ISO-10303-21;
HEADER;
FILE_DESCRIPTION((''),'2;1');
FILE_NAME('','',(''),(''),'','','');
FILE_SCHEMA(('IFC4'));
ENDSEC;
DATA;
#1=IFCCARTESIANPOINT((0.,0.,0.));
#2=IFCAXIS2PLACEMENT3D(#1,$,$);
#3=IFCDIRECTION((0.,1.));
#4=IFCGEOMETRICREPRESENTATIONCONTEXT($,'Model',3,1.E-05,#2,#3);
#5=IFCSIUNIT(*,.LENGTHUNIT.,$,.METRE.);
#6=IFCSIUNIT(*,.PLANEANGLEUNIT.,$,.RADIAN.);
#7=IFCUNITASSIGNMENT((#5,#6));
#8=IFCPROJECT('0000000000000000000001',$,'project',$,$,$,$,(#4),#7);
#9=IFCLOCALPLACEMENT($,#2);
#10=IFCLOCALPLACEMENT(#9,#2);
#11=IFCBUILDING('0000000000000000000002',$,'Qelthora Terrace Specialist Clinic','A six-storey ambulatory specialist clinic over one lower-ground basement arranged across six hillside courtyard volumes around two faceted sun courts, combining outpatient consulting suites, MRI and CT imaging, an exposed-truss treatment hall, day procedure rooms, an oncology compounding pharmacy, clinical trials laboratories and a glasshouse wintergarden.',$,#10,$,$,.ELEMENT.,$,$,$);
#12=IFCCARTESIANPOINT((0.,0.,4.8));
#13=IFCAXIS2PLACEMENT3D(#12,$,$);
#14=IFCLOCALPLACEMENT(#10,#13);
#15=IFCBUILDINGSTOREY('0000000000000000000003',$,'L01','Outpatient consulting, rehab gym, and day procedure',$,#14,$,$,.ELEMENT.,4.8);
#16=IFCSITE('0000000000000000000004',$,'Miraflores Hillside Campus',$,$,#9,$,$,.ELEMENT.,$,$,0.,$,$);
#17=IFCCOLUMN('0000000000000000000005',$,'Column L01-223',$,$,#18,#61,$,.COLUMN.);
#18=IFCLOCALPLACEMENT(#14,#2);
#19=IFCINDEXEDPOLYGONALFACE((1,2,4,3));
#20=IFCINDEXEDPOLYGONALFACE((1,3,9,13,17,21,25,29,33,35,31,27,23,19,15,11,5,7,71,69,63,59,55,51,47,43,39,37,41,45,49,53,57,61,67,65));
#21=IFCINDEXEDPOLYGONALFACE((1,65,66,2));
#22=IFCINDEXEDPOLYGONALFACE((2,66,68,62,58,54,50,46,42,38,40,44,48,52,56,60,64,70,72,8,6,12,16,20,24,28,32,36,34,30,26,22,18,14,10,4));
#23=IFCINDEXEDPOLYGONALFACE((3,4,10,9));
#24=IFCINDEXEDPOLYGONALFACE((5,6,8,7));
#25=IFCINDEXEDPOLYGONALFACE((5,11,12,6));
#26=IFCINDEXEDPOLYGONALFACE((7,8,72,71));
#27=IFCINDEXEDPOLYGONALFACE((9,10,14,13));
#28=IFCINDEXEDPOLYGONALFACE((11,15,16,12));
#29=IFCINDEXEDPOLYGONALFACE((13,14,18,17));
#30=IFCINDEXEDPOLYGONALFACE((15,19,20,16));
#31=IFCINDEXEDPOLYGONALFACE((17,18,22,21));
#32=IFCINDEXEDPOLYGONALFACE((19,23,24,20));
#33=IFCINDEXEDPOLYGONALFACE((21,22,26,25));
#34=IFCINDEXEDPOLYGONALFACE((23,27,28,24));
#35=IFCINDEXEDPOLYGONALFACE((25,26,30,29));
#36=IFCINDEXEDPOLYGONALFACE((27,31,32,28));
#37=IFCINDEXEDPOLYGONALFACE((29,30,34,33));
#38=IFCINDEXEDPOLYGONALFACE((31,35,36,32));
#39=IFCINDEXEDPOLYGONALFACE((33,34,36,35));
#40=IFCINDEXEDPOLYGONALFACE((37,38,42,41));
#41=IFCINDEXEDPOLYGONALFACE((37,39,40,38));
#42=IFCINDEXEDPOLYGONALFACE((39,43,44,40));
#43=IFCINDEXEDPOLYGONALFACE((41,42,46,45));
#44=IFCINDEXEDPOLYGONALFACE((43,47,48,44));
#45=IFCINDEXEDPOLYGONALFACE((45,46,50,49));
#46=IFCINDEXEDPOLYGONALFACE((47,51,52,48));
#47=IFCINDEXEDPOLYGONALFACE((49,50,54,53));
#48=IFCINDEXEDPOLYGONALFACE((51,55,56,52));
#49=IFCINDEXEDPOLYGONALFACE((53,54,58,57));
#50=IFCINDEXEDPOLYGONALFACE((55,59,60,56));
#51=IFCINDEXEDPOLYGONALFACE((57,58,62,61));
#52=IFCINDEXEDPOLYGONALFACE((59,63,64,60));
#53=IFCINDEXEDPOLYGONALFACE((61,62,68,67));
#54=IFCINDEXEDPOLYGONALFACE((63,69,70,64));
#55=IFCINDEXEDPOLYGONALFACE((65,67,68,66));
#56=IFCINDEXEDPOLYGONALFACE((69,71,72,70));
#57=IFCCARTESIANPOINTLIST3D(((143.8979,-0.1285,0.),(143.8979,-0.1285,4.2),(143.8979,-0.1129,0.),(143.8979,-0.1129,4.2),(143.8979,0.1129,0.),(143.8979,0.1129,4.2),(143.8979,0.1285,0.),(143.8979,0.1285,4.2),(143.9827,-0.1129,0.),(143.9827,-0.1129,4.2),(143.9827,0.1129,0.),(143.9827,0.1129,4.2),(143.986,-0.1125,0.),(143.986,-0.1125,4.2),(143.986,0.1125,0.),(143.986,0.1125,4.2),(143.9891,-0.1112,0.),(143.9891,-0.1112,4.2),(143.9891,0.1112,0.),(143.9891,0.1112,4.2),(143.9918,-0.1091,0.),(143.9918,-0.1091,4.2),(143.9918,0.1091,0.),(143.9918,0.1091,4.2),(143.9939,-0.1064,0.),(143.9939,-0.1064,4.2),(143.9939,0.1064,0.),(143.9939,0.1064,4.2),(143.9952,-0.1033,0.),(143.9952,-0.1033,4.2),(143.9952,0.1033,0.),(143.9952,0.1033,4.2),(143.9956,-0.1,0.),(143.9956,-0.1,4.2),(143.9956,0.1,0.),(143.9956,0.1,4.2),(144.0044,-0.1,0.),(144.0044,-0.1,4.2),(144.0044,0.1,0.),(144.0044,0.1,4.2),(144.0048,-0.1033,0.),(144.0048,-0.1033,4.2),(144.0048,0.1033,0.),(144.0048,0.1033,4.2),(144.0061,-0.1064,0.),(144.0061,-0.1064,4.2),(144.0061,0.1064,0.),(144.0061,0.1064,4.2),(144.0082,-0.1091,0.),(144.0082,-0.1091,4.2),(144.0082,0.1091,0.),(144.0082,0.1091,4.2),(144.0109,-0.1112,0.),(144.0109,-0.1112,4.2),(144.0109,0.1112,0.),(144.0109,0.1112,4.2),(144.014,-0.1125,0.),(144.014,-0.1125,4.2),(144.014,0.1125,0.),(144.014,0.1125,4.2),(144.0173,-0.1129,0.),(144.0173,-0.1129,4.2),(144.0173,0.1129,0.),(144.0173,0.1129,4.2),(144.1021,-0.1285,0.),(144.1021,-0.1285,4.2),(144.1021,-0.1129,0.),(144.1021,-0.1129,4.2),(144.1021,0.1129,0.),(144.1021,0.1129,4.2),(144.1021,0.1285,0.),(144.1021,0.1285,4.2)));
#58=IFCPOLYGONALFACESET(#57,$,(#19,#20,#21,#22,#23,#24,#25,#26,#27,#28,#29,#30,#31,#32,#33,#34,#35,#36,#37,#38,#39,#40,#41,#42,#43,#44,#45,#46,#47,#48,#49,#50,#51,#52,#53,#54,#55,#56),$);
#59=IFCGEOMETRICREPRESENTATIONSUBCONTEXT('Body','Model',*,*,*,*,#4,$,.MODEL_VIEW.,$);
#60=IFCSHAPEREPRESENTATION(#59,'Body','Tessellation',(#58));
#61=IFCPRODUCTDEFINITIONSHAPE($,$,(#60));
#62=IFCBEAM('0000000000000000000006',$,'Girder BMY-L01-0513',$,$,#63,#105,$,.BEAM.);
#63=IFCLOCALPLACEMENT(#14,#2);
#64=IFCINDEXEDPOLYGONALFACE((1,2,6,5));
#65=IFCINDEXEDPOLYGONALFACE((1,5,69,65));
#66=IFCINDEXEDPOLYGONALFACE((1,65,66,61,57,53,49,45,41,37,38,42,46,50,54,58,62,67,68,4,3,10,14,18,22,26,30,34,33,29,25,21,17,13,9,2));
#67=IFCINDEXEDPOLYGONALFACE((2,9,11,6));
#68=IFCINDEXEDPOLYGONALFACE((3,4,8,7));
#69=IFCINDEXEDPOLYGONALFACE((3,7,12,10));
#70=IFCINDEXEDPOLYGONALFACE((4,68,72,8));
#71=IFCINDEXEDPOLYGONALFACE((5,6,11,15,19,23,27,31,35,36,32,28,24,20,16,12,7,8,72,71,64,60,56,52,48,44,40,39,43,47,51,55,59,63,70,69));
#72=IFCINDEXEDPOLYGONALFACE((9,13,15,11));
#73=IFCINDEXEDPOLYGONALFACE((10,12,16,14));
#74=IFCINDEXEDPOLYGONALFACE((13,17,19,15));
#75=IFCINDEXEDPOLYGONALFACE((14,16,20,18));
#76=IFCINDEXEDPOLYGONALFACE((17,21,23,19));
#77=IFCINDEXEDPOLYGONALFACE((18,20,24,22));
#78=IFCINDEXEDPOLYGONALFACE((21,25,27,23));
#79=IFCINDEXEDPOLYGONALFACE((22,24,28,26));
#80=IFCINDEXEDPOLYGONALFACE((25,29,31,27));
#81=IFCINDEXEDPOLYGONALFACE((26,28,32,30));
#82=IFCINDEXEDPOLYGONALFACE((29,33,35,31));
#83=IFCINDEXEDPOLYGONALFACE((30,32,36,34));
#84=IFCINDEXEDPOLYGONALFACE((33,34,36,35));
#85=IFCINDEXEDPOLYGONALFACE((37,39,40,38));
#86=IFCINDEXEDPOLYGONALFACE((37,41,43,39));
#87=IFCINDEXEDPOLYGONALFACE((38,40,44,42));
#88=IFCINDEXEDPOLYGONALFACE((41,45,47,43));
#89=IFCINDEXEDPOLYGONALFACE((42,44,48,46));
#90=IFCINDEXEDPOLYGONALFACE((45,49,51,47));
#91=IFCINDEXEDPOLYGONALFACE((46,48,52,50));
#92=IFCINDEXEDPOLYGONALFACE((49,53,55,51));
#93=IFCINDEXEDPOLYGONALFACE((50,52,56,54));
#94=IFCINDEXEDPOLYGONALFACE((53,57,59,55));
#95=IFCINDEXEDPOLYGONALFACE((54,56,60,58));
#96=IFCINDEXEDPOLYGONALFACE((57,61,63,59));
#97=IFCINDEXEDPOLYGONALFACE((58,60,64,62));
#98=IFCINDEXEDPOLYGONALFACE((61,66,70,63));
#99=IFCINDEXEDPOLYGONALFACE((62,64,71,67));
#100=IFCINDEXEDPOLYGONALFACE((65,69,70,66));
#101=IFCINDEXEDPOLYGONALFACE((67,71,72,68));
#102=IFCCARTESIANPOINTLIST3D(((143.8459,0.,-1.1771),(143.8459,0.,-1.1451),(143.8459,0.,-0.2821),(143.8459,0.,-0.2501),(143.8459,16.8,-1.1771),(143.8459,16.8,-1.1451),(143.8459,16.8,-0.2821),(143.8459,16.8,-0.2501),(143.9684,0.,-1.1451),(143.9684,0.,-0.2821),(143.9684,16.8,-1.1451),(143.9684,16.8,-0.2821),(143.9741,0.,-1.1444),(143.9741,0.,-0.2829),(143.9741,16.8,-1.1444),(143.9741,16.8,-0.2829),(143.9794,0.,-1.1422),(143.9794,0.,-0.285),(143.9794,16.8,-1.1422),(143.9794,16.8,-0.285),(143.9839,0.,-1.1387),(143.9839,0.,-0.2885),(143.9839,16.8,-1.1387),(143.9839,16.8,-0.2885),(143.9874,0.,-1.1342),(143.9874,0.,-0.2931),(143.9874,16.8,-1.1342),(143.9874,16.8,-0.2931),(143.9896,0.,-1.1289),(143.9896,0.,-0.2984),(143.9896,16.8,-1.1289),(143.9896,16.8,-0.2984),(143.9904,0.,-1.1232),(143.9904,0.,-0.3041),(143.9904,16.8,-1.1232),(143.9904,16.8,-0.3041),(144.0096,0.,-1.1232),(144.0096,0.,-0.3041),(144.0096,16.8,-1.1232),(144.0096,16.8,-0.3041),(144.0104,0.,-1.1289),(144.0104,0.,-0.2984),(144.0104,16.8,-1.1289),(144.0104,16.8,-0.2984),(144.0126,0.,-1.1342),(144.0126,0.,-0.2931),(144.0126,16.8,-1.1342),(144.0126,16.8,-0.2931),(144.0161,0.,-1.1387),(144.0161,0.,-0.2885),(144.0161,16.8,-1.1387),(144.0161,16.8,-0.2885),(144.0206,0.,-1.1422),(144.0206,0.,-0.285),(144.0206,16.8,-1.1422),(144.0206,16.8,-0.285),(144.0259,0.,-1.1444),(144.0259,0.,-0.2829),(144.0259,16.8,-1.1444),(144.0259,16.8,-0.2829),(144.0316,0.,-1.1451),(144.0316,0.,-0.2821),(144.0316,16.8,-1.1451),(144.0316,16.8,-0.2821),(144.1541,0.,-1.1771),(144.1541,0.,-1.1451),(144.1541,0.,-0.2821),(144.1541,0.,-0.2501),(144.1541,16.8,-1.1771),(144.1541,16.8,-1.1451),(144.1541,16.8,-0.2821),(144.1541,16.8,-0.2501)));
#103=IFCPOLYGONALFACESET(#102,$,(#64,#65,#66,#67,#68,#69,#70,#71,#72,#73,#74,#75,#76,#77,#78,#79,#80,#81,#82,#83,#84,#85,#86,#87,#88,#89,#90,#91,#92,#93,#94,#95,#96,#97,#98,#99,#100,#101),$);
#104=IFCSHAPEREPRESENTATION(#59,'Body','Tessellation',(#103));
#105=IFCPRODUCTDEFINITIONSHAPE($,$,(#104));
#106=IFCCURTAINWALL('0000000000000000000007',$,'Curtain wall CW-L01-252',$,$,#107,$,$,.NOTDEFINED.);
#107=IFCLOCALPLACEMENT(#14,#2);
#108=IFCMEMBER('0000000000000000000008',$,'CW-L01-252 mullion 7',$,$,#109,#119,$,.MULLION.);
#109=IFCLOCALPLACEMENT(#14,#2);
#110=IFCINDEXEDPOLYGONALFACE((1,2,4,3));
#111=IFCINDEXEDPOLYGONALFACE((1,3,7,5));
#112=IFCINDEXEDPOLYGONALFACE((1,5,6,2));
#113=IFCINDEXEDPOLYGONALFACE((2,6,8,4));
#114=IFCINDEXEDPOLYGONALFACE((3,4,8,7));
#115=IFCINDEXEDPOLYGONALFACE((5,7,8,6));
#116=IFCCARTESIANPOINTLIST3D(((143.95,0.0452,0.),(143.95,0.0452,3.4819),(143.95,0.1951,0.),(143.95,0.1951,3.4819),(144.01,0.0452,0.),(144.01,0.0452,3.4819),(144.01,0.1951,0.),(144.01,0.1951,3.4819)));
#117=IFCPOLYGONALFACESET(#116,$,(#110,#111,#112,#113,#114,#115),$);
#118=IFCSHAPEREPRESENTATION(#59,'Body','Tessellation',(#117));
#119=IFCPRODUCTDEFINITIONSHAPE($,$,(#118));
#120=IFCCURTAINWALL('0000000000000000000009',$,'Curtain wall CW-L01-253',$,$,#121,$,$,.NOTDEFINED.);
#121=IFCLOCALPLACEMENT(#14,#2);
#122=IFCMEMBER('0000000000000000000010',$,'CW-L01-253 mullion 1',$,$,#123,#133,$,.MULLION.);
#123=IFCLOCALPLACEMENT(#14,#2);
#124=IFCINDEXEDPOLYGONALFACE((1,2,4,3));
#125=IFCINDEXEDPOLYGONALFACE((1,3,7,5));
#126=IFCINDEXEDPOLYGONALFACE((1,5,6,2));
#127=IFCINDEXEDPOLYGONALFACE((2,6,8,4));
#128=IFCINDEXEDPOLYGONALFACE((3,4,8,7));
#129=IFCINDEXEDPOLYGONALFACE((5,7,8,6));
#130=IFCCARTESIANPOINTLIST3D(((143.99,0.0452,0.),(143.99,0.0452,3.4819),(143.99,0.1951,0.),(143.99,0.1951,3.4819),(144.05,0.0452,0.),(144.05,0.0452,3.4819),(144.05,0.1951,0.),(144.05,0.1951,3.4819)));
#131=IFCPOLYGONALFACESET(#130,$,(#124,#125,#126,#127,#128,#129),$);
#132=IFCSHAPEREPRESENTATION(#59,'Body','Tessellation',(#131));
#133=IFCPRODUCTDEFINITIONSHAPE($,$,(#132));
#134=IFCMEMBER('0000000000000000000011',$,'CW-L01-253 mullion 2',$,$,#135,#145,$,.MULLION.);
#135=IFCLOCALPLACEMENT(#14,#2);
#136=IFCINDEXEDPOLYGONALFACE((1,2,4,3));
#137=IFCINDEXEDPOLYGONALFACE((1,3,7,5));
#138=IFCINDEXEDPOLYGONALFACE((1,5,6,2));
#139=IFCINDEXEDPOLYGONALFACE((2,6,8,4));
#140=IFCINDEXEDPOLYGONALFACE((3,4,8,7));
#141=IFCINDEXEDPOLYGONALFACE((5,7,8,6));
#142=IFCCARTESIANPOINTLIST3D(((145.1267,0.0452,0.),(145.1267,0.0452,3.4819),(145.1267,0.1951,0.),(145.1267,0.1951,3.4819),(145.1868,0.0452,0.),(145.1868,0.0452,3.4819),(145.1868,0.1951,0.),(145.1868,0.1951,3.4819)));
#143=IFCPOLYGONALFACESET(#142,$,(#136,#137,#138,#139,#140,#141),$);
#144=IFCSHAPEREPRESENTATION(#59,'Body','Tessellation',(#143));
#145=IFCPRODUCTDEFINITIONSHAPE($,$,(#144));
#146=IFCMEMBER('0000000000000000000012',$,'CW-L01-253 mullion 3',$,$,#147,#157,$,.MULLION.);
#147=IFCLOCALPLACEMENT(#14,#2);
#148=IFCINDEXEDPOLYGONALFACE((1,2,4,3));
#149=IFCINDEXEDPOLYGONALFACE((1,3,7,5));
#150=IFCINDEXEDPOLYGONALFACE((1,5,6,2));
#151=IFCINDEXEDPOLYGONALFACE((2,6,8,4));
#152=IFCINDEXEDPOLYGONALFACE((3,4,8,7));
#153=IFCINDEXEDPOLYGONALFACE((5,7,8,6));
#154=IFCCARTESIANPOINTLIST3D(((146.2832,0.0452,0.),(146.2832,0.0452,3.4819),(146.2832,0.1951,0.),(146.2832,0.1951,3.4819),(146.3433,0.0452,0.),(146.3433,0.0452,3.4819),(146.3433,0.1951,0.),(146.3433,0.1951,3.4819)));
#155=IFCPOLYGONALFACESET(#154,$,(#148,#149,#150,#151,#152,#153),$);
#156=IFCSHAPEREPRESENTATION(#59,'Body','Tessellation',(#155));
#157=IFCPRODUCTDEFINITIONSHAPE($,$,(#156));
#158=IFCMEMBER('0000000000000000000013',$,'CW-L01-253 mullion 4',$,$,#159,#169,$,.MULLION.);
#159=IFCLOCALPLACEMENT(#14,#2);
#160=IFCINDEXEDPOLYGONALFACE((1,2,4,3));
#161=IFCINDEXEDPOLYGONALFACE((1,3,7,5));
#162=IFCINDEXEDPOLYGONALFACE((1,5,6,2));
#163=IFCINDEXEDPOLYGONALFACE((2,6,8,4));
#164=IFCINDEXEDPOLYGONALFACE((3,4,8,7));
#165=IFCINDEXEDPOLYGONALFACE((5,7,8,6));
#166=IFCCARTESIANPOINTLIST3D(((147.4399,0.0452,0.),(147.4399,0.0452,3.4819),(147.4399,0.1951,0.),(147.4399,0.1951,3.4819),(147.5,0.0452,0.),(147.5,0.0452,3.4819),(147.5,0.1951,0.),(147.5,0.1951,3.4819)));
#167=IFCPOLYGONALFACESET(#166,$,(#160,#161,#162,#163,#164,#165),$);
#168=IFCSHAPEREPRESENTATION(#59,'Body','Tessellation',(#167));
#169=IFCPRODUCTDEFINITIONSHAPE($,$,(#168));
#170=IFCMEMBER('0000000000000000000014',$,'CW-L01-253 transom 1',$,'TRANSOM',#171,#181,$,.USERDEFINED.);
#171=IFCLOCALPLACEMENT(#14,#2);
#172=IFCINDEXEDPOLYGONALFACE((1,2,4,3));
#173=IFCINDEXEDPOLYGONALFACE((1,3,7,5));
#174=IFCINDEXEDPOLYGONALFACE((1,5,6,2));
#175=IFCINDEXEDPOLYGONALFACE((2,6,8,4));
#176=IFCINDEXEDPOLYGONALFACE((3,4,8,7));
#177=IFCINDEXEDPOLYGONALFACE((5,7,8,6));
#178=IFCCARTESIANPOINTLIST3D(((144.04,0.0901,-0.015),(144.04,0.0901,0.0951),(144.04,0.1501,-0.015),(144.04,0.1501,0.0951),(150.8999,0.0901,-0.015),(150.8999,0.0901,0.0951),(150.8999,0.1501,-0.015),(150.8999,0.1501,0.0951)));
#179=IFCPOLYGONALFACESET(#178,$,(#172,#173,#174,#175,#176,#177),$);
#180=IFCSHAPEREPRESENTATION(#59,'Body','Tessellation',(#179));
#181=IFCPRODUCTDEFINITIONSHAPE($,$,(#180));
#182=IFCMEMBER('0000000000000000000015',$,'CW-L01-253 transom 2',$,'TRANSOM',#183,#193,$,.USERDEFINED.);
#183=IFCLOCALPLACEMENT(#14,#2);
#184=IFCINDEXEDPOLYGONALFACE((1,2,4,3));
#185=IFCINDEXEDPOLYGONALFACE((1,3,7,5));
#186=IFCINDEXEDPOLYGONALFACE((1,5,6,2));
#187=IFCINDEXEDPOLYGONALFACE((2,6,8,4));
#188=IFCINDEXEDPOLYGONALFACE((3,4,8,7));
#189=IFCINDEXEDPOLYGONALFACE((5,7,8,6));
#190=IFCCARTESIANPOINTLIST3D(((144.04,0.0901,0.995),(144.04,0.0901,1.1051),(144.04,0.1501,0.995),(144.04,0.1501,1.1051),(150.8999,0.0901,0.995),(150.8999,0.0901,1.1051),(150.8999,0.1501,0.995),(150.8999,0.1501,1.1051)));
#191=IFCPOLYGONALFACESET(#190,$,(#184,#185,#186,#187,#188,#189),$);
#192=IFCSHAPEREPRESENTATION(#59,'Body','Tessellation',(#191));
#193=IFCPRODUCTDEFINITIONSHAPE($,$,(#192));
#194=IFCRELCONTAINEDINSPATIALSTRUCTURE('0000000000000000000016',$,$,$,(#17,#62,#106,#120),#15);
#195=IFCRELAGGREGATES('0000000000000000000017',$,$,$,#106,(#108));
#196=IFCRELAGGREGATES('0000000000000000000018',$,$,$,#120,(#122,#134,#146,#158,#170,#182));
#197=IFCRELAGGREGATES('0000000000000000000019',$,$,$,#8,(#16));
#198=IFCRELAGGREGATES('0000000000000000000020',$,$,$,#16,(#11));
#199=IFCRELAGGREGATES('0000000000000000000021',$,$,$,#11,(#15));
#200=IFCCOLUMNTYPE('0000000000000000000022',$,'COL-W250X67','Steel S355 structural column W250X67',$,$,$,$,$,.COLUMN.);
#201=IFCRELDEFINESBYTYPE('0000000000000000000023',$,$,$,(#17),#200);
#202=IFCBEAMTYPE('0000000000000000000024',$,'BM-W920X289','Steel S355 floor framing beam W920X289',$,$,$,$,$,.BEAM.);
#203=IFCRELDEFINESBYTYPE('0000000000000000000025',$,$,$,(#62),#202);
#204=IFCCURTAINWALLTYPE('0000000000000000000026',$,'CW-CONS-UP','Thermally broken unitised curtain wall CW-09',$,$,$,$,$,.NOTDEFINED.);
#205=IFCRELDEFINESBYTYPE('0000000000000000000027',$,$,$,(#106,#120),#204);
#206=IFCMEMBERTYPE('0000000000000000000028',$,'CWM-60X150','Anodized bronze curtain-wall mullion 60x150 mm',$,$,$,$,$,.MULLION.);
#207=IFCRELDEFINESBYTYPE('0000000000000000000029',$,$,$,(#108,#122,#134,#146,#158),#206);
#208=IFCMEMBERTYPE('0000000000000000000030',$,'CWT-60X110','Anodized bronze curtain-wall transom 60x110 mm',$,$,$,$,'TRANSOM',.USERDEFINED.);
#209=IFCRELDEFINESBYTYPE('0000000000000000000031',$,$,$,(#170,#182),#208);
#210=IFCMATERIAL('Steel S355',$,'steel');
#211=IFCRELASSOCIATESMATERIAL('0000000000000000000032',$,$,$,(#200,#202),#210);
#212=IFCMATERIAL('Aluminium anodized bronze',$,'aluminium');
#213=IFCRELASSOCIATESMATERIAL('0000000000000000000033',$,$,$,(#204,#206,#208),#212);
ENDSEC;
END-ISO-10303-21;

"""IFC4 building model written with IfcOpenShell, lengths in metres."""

from ifc_helpers import new_model, si_unit, direction, frame, origin, origin_2d, place, context, subcontext, project, spatial, rectangle, i_section, extrude, material, material_profile, profile_set, type_object, element, aggregate, save


model = new_model("IFC4")

# Units and contexts
model_context = context("Model", 3, precision=1e-05, world=origin(), true_north=direction((0.0, 1.0)))
body_context = subcontext(model_context, "Body", "Model", "MODEL_VIEW")
ifc_project = project(units=[si_unit("LENGTHUNIT", "METRE"), si_unit("PLANEANGLEUNIT", "RADIAN")], contexts=[model_context])

# Site, building, storey
site_placement = place(None, origin())
site = spatial("IfcSite", under=ifc_project, at=site_placement, Name="Miraflores Hillside Campus", CompositionType="ELEMENT", RefElevation=0.0)
building_placement = place(site_placement, origin())
building = spatial("IfcBuilding", under=site, at=building_placement, Name="Qelthora Terrace Specialist Clinic", Description="A six-storey ambulatory specialist clinic over one lower-ground basement arranged across six hillside courtyard volumes around two faceted sun courts, combining outpatient consulting suites, MRI and CT imaging, an exposed-truss treatment hall, day procedure rooms, an oncology compounding pharmacy, clinical trials laboratories and a glasshouse wintergarden.", CompositionType="ELEMENT")
storey_placement = place(building_placement, frame((0.0, 0.0, 4.8)))
storey = spatial("IfcBuildingStorey", under=building, at=storey_placement, Name="L01", Description="Outpatient consulting, rehab gym, and day procedure", CompositionType="ELEMENT", Elevation=4.8)

# Column
ifc_material_1 = material(Name="Steel S355", Category="steel")
ifc_material_profile_1 = material_profile(ifc_material_1, i_section(OverallWidth=0.2041, OverallDepth=0.2571, WebThickness=0.0088, FlangeThickness=0.0156, FilletRadius=0.0129, at=origin_2d()), Name="W250X67")
ifc_profile_set_1 = profile_set([ifc_material_profile_1], Name="Steel S355")
column_type = type_object("IfcColumnType", Name="COL-W250X67", Description="Steel S355 structural column W250X67", PredefinedType="COLUMN", material=ifc_profile_set_1)
column_placement = place(storey_placement, frame((144.0, 0.0, 0.0), z_axis=(0.0, 0.0, 1.0), x_axis=(1.0, 0.0, 0.0)))
element("IfcColumn", 1, at=column_placement, inside=storey, type_object=column_type, Name="Column L01-223", PredefinedType="COLUMN", context=body_context, shape_type="SweptSolid", body=[
    extrude(i_section(OverallWidth=0.2041, OverallDepth=0.2571, WebThickness=0.0088, FlangeThickness=0.0156, FilletRadius=0.0129, at=origin_2d()), origin(), (0.0, 0.0, 1.0), 4.2),
])

# Beam
ifc_material_profile_2 = material_profile(ifc_material_1, i_section(OverallWidth=0.3081, OverallDepth=0.927, WebThickness=0.0193, FlangeThickness=0.032, FilletRadius=0.022, at=origin_2d()), Name="W920X289")
ifc_profile_set_2 = profile_set([ifc_material_profile_2], Name="Steel S355")
beam_type_1 = type_object("IfcBeamType", Name="BM-W920X289", Description="Steel S355 floor framing beam W920X289", PredefinedType="BEAM", material=ifc_profile_set_2)
beam_1_placement = place(storey_placement, frame((144.0, 0.0, -0.7136), z_axis=(0.0, 1.0, 0.0), x_axis=(-1.0, 0.0, 0.0)))
element("IfcBeam", 2, at=beam_1_placement, inside=storey, type_object=beam_type_1, Name="Girder BMY-L01-0513", PredefinedType="BEAM", context=body_context, shape_type="SweptSolid", body=[
    extrude(i_section(OverallWidth=0.3081, OverallDepth=0.927, WebThickness=0.0193, FlangeThickness=0.032, FilletRadius=0.022, at=origin_2d()), origin(), (0.0, 0.0, 1.0), 16.8),
])

# Curtain wall, member
ifc_material_2 = material(Name="Aluminium anodized bronze", Category="aluminium")
curtain_wall_type = type_object("IfcCurtainWallType", Name="CW-CONS-UP", Description="Thermally broken unitised curtain wall CW-09", PredefinedType="NOTDEFINED", material=ifc_material_2)
curtain_wall_1_placement = place(storey_placement, origin())
curtain_wall_1 = element("IfcCurtainWall", 3, at=curtain_wall_1_placement, inside=storey, type_object=curtain_wall_type, Name="Curtain wall CW-L01-252", PredefinedType="NOTDEFINED")
ifc_material_profile_3 = material_profile(ifc_material_2, rectangle(XDim=0.0601, YDim=0.1499, at=origin_2d()), Name="CWM60X150")
ifc_profile_set_3 = profile_set([ifc_material_profile_3], Name="Aluminium anodized bronze")
member_type_1 = type_object("IfcMemberType", Name="CWM-60X150", Description="Anodized bronze curtain-wall mullion 60x150 mm", PredefinedType="MULLION", material=ifc_profile_set_3)
member_1_placement = place(storey_placement, frame((143.98, 0.1201, 0.0), z_axis=(0.0, 0.0, 1.0), x_axis=(1.0, 0.0, 0.0)))
member_1 = element("IfcMember", 4, at=member_1_placement, type_object=member_type_1, Name="CW-L01-252 mullion 7", PredefinedType="MULLION", context=body_context, shape_type="SweptSolid", body=[
    extrude(rectangle(XDim=0.0601, YDim=0.1499, at=origin_2d()), origin(), (0.0, 0.0, 1.0), 3.4819),
])

# Curtain wall, members
curtain_wall_2_placement = place(storey_placement, origin())
curtain_wall_2 = element("IfcCurtainWall", 5, at=curtain_wall_2_placement, inside=storey, type_object=curtain_wall_type, Name="Curtain wall CW-L01-253", PredefinedType="NOTDEFINED")
member_2_placement = place(storey_placement, frame((144.02, 0.1201, 0.0), z_axis=(0.0, 0.0, 1.0), x_axis=(1.0, 0.0, 0.0)))
member_2 = element("IfcMember", 6, at=member_2_placement, type_object=member_type_1, Name="CW-L01-253 mullion 1", PredefinedType="MULLION", context=body_context, shape_type="SweptSolid", body=[
    extrude(rectangle(XDim=0.0601, YDim=0.1499, at=origin_2d()), origin(), (0.0, 0.0, 1.0), 3.4819),
])
member_3_placement = place(storey_placement, frame((145.1567, 0.1201, 0.0), z_axis=(0.0, 0.0, 1.0), x_axis=(1.0, 0.0, 0.0)))
member_3 = element("IfcMember", 7, at=member_3_placement, type_object=member_type_1, Name="CW-L01-253 mullion 2", PredefinedType="MULLION", context=body_context, shape_type="SweptSolid", body=[
    extrude(rectangle(XDim=0.0601, YDim=0.1499, at=origin_2d()), origin(), (0.0, 0.0, 1.0), 3.4819),
])
member_4_placement = place(storey_placement, frame((146.3132, 0.1201, 0.0), z_axis=(0.0, 0.0, 1.0), x_axis=(1.0, 0.0, 0.0)))
member_4 = element("IfcMember", 8, at=member_4_placement, type_object=member_type_1, Name="CW-L01-253 mullion 3", PredefinedType="MULLION", context=body_context, shape_type="SweptSolid", body=[
    extrude(rectangle(XDim=0.0601, YDim=0.1499, at=origin_2d()), origin(), (0.0, 0.0, 1.0), 3.4819),
])
member_5_placement = place(storey_placement, frame((147.47, 0.1201, 0.0), z_axis=(0.0, 0.0, 1.0), x_axis=(1.0, 0.0, 0.0)))
member_5 = element("IfcMember", 9, at=member_5_placement, type_object=member_type_1, Name="CW-L01-253 mullion 4", PredefinedType="MULLION", context=body_context, shape_type="SweptSolid", body=[
    extrude(rectangle(XDim=0.0601, YDim=0.1499, at=origin_2d()), origin(), (0.0, 0.0, 1.0), 3.4819),
])
ifc_material_profile_4 = material_profile(ifc_material_2, rectangle(XDim=0.0601, YDim=0.1101, at=origin_2d()), Name="CWT60X110")
ifc_profile_set_4 = profile_set([ifc_material_profile_4], Name="Aluminium anodized bronze")
member_type_2 = type_object("IfcMemberType", Name="CWT-60X110", Description="Anodized bronze curtain-wall transom 60x110 mm", ElementType="TRANSOM", PredefinedType="USERDEFINED", material=ifc_profile_set_4)
member_6_placement = place(storey_placement, frame((144.04, 0.1201, 0.04), z_axis=(1.0, 0.0, 0.0), x_axis=(0.0, 1.0, 0.0)))
member_6 = element("IfcMember", 10, at=member_6_placement, type_object=member_type_2, Name="CW-L01-253 transom 1", ObjectType="TRANSOM", PredefinedType="USERDEFINED", context=body_context, shape_type="SweptSolid", body=[
    extrude(rectangle(XDim=0.0601, YDim=0.1101, at=origin_2d()), origin(), (0.0, 0.0, 1.0), 6.8599),
])
member_7_placement = place(storey_placement, frame((144.04, 0.1201, 1.05), z_axis=(1.0, 0.0, 0.0), x_axis=(0.0, 1.0, 0.0)))
member_7 = element("IfcMember", 11, at=member_7_placement, type_object=member_type_2, Name="CW-L01-253 transom 2", ObjectType="TRANSOM", PredefinedType="USERDEFINED", context=body_context, shape_type="SweptSolid", body=[
    extrude(rectangle(XDim=0.0601, YDim=0.1101, at=origin_2d()), origin(), (0.0, 0.0, 1.0), 6.8599),
])

aggregate(curtain_wall_1, [member_1])
aggregate(curtain_wall_2, [member_2, member_3, member_4, member_5, member_6, member_7])

save(model, "model.ifc")
